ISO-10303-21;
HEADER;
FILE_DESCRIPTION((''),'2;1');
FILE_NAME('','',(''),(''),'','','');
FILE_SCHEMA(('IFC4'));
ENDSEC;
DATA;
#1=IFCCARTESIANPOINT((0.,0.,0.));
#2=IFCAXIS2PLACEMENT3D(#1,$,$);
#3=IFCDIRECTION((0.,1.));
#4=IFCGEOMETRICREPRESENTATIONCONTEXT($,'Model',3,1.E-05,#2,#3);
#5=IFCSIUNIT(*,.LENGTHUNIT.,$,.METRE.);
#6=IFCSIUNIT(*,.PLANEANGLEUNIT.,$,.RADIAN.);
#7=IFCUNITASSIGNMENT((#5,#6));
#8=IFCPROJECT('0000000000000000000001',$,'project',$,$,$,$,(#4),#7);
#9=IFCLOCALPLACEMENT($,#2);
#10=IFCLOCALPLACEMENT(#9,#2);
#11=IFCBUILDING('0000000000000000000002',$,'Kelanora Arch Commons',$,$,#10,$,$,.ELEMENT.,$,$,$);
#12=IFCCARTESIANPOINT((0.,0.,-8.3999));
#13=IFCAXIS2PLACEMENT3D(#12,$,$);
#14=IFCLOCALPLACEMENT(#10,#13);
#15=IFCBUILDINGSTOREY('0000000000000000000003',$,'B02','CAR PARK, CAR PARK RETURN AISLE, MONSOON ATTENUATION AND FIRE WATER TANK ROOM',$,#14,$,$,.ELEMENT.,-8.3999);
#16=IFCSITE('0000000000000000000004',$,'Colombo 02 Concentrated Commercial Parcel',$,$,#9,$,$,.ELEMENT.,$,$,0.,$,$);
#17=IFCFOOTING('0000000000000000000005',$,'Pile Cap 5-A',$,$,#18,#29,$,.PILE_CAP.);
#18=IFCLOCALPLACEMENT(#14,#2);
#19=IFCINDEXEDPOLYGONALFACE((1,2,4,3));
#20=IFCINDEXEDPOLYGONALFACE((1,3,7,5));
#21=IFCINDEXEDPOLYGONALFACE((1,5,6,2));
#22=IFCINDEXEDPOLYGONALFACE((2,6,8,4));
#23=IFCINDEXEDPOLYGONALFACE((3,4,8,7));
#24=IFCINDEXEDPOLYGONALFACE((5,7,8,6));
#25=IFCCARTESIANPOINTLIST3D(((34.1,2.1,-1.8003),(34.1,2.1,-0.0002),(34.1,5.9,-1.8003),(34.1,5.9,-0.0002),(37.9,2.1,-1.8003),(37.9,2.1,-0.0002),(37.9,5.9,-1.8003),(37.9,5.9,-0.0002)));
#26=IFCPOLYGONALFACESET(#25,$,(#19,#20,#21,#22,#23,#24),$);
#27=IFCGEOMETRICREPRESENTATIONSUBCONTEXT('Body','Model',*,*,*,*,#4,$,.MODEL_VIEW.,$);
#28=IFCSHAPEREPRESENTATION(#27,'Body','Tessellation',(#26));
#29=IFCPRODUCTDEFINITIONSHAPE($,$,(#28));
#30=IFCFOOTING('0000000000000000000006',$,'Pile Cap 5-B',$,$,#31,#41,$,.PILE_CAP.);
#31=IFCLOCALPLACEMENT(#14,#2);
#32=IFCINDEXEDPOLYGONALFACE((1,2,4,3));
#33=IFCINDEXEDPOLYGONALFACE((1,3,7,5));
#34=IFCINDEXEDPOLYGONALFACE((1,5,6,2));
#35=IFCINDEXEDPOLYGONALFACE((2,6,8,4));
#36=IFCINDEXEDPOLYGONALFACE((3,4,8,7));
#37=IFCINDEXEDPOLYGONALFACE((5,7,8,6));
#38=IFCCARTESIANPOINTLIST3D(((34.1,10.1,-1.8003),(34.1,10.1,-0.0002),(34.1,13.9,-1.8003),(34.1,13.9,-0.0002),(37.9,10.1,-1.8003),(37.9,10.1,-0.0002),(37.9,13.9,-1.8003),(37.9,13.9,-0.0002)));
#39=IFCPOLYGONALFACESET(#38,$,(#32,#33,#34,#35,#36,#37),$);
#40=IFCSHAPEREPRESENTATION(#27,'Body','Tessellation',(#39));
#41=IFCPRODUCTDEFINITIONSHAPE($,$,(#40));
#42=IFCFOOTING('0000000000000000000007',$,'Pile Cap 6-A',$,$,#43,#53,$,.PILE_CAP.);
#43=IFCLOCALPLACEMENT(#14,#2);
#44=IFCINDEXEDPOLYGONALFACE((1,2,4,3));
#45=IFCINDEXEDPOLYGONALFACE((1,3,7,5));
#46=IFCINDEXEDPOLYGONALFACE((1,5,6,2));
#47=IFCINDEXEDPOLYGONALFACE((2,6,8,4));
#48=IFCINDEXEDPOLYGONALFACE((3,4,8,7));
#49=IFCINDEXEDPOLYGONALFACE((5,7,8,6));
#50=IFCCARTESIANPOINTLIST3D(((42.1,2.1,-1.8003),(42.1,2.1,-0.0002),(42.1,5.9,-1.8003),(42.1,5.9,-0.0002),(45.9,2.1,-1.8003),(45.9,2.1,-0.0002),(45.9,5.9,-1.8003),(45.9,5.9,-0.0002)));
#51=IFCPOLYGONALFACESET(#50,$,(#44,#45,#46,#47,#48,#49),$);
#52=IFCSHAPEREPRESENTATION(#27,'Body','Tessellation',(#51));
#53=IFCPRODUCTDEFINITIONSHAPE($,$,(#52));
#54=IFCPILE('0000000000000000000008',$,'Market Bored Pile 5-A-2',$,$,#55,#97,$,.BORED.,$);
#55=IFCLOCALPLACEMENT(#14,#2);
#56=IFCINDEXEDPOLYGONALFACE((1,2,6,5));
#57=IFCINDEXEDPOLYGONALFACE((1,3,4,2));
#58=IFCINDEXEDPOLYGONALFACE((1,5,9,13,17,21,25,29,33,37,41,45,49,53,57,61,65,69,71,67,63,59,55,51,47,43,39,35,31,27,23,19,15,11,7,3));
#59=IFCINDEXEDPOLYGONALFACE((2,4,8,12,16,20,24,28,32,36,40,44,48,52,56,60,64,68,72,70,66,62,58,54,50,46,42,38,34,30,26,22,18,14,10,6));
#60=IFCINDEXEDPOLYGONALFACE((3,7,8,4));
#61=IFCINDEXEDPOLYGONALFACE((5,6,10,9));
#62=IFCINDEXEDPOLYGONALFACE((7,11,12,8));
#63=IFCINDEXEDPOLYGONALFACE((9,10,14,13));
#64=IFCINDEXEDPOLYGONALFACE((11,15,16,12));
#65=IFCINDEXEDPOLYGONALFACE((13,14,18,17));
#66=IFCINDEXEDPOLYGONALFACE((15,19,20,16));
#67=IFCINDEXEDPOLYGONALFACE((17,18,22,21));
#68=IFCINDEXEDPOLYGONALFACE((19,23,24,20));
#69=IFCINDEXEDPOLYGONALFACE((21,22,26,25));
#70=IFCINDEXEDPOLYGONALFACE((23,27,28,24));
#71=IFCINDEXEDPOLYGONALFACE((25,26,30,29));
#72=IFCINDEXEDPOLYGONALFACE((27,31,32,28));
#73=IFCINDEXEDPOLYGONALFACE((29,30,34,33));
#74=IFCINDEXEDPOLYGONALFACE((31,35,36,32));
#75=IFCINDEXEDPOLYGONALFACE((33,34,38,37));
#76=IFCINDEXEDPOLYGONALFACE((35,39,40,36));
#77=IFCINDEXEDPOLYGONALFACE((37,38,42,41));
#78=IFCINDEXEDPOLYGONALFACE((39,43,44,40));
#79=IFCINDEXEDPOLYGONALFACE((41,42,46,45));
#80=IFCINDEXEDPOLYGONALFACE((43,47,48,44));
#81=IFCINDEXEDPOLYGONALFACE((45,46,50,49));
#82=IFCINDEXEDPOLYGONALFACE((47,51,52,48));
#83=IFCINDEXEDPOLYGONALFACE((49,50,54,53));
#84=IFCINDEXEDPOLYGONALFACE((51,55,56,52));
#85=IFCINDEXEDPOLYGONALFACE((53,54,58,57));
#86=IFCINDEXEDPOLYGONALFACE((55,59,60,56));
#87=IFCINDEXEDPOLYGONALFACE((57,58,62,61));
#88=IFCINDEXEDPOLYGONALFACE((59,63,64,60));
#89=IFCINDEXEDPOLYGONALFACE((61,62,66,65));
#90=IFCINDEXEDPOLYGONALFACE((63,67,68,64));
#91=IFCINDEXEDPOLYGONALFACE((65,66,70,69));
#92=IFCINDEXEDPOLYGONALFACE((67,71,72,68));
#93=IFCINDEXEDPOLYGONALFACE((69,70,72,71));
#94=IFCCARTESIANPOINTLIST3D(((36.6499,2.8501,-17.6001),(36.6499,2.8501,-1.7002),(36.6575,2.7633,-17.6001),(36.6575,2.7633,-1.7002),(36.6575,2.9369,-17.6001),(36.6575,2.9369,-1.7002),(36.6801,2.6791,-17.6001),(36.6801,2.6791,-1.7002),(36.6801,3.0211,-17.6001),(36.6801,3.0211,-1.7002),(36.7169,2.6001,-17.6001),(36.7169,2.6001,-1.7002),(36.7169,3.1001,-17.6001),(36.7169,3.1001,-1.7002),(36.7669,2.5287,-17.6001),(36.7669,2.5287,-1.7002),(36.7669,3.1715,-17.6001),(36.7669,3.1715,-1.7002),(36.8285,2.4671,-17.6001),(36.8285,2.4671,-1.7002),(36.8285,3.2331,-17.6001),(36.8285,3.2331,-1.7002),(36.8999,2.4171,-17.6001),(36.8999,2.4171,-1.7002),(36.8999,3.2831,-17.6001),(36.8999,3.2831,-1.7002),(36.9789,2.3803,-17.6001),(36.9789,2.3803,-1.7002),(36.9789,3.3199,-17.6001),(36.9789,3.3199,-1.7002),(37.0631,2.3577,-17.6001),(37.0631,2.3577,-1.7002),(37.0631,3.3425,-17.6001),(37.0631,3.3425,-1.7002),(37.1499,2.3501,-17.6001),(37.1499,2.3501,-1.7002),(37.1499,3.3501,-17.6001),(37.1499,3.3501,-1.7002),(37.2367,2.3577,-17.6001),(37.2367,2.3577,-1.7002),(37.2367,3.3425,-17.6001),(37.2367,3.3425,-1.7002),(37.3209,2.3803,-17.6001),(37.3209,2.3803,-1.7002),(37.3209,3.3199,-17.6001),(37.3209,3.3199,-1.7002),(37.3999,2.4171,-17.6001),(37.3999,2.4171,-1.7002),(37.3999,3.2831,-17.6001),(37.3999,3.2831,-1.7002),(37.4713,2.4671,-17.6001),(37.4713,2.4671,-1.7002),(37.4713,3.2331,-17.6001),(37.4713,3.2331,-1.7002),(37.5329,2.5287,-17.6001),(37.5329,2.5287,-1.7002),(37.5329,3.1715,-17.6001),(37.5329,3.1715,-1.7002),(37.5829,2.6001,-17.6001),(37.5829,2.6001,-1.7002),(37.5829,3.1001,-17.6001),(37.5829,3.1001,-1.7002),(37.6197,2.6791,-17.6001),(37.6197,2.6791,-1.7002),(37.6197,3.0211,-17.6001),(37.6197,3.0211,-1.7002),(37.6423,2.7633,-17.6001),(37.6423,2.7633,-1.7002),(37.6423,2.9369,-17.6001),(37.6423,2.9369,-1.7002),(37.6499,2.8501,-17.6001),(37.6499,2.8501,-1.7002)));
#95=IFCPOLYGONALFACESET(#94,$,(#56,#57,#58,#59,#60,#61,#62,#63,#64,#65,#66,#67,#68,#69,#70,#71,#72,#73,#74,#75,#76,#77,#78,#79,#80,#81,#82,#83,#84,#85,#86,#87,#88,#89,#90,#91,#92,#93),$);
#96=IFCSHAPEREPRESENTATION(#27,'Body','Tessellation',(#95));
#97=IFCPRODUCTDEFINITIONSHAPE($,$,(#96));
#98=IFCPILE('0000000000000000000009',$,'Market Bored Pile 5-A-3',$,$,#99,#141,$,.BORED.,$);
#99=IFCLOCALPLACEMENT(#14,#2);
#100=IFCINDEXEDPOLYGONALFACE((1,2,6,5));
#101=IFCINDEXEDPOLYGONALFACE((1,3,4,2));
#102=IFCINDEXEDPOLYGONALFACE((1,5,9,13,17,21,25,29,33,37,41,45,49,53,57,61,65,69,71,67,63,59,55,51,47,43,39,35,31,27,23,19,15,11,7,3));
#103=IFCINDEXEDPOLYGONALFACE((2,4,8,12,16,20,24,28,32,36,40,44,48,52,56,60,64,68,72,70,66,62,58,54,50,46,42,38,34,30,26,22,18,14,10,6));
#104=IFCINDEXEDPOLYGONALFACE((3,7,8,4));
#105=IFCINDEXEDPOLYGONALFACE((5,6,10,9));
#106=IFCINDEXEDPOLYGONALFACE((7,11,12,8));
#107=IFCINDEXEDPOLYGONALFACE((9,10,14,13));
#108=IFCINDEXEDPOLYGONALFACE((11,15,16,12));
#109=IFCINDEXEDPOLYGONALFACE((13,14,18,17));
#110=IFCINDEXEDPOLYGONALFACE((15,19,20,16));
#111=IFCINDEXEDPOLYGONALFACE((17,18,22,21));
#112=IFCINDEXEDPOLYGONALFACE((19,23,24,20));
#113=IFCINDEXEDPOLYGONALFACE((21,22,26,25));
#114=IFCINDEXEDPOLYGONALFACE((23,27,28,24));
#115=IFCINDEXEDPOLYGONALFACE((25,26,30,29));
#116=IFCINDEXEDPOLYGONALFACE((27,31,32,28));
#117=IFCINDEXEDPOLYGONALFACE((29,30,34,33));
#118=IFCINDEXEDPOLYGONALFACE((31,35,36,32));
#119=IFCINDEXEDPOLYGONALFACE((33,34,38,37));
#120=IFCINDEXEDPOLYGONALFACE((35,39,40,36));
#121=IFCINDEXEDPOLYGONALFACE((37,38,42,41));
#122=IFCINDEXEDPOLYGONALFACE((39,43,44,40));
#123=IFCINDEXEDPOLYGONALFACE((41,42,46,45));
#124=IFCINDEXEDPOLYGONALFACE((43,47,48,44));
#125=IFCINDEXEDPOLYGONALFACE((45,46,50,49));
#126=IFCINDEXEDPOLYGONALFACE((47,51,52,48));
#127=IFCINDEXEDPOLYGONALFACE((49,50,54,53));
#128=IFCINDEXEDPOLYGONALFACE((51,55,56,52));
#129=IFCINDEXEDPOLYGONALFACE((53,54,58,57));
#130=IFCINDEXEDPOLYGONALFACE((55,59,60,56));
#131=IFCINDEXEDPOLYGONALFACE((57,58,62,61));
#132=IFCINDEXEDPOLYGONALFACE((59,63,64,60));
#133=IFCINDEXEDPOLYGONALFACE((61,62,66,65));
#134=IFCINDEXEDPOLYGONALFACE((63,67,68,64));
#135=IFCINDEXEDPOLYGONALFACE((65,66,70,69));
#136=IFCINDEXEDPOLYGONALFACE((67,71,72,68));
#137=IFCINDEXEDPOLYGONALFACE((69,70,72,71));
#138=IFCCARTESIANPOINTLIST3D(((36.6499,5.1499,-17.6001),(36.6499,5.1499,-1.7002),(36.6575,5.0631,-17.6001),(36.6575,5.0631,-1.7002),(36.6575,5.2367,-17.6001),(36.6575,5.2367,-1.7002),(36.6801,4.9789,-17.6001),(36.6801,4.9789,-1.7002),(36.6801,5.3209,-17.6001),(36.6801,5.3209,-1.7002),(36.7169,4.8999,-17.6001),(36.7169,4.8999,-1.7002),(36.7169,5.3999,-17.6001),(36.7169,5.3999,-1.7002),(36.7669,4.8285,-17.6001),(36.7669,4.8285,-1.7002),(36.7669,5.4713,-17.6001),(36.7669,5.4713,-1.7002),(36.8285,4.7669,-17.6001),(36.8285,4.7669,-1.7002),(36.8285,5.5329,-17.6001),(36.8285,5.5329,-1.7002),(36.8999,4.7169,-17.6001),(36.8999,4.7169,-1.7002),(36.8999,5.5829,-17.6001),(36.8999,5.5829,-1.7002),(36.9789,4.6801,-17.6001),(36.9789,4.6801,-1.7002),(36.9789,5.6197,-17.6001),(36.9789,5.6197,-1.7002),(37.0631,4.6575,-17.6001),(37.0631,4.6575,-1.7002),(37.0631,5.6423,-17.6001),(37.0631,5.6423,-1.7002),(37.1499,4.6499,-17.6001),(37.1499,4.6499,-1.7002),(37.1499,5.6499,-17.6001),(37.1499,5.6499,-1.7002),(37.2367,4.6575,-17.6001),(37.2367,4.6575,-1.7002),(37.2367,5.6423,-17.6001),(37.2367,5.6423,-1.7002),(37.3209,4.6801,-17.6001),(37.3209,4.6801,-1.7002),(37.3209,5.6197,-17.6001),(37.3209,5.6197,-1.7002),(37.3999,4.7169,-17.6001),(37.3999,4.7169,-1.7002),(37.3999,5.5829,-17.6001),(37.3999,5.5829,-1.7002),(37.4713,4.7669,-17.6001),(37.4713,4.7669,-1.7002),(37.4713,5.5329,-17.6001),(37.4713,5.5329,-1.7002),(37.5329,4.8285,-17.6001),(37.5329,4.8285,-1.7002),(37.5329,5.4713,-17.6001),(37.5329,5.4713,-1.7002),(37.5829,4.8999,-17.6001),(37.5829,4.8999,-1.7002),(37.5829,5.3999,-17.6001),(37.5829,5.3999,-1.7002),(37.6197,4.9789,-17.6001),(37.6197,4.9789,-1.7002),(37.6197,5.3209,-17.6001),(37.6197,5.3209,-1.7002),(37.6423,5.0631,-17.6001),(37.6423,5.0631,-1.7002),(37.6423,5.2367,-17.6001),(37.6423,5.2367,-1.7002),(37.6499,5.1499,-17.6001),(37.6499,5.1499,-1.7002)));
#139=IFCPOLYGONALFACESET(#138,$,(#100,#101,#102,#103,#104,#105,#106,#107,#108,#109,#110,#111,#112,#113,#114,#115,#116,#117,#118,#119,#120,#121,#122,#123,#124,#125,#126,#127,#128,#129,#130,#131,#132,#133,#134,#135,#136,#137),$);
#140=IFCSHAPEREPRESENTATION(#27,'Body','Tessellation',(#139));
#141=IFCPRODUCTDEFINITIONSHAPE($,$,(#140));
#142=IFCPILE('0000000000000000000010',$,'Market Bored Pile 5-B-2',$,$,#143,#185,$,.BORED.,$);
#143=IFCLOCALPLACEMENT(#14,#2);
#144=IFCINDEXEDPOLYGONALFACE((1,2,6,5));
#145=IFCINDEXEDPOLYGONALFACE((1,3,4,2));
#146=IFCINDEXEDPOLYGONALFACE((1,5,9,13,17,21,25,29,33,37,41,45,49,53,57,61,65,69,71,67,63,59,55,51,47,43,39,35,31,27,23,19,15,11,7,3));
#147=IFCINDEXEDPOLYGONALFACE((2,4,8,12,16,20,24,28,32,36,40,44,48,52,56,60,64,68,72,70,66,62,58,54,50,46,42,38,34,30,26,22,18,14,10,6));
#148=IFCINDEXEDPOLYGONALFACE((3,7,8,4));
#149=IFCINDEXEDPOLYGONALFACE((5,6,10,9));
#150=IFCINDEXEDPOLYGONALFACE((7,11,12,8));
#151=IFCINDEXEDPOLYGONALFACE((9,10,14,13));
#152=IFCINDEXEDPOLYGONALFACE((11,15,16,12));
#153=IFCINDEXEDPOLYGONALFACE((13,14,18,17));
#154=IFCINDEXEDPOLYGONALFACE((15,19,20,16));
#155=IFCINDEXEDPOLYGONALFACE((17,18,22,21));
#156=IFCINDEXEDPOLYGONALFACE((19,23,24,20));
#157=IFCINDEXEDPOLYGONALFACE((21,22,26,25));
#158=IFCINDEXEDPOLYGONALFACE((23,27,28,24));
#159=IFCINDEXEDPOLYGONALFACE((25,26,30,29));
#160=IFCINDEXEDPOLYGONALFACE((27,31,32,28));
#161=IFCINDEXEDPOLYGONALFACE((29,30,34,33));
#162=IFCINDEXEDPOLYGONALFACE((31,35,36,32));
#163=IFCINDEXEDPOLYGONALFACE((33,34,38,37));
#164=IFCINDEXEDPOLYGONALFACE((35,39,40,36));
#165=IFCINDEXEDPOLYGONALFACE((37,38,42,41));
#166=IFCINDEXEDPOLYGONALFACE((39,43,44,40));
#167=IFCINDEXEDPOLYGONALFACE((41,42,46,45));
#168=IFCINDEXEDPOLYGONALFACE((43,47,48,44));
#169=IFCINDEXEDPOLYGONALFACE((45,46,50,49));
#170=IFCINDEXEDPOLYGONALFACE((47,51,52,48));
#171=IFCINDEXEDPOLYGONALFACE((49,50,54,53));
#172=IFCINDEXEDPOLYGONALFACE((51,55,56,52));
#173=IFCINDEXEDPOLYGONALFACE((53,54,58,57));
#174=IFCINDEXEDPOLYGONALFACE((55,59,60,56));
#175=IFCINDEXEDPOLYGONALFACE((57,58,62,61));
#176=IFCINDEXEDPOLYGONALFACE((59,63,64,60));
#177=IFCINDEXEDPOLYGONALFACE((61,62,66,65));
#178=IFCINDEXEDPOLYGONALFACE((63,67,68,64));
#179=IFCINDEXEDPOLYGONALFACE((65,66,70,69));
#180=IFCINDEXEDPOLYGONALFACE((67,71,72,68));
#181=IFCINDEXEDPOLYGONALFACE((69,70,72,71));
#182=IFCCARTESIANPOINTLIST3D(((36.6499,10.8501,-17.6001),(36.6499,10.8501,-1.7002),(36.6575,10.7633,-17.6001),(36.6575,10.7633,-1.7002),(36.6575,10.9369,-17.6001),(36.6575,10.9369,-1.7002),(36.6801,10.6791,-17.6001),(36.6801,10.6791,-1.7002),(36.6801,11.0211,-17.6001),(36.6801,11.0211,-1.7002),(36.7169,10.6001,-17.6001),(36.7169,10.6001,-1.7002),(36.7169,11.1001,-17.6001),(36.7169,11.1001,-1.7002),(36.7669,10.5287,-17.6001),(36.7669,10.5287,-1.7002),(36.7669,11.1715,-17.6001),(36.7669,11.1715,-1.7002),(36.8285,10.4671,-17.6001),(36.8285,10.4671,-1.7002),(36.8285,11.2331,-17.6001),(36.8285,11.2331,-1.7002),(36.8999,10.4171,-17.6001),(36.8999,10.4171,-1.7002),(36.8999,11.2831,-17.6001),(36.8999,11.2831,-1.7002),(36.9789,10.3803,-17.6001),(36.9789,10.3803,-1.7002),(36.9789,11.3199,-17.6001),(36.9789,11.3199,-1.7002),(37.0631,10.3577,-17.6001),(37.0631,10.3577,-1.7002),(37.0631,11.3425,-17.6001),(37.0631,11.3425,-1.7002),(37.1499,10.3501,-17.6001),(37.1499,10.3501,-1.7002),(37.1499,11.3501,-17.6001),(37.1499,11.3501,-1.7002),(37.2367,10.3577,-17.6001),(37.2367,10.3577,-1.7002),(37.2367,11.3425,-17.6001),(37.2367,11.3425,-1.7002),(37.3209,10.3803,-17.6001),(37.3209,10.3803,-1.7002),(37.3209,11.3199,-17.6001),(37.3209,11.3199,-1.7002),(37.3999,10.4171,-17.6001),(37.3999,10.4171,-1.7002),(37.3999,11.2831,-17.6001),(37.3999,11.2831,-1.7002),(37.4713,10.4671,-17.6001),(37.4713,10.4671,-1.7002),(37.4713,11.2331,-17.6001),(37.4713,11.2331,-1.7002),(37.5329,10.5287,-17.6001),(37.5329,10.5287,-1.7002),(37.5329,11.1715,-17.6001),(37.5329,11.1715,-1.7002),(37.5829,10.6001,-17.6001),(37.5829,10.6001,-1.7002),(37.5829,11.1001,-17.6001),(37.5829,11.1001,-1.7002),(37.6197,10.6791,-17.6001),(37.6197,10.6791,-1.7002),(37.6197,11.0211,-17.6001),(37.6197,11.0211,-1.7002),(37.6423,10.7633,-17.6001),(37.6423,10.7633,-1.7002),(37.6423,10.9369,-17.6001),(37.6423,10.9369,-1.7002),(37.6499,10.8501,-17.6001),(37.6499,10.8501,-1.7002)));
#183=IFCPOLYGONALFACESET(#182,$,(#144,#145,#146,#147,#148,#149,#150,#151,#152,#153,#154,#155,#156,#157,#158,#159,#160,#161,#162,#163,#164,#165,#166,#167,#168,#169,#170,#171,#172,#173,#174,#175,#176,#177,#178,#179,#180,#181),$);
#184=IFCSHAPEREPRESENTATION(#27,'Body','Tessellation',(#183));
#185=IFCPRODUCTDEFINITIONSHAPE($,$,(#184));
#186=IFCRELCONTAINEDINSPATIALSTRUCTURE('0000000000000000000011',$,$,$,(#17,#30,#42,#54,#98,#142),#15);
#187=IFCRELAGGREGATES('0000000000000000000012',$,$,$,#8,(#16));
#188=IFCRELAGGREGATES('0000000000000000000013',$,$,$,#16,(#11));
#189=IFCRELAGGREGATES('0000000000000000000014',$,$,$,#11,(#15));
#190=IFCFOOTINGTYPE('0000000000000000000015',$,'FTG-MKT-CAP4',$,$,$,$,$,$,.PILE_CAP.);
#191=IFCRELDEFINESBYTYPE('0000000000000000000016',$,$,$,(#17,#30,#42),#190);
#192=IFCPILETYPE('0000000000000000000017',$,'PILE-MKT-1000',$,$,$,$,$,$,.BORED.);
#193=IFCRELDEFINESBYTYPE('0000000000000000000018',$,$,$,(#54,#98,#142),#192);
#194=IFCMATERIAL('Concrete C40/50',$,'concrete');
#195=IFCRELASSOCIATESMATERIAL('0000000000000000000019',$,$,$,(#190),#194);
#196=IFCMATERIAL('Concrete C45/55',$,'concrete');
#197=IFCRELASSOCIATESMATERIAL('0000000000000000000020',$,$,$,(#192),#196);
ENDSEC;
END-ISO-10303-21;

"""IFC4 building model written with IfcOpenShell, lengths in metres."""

from ifc_helpers import new_model, si_unit, direction, frame, origin, origin_2d, place, context, subcontext, project, spatial, rectangle, circle, extrude, source, transform, mapped, material, material_profile, profile_set, type_object, element, save


model = new_model("IFC4")

# Units and contexts
model_context = context("Model", 3, precision=1e-05, world=origin(), true_north=direction((0.0, 1.0)))
body_context = subcontext(model_context, "Body", "Model", "MODEL_VIEW")
ifc_project = project(units=[si_unit("LENGTHUNIT", "METRE"), si_unit("PLANEANGLEUNIT", "RADIAN")], contexts=[model_context])

# Site, building, storey
site_placement = place(None, origin())
site = spatial("IfcSite", under=ifc_project, at=site_placement, Name="Colombo 02 Concentrated Commercial Parcel", CompositionType="ELEMENT", RefElevation=0.0)
building_placement = place(site_placement, origin())
building = spatial("IfcBuilding", under=site, at=building_placement, Name="Kelanora Arch Commons", CompositionType="ELEMENT")
storey_placement = place(building_placement, frame((0.0, 0.0, -8.3999)))
storey = spatial("IfcBuildingStorey", under=building, at=storey_placement, Name="B02", Description="CAR PARK, CAR PARK RETURN AISLE, MONSOON ATTENUATION AND FIRE WATER TANK ROOM", CompositionType="ELEMENT", Elevation=-8.3999)

# Footings
ifc_material_1 = material(Name="Concrete C40/50", Category="concrete")
footing_type_1 = type_object("IfcFootingType", Name="FTG-MKT-CAP4", PredefinedType="PILE_CAP", material=ifc_material_1)
shared_shape_1 = source(origin(), body_context, "Body", "SweptSolid", [
    extrude(rectangle(XDim=3.8, YDim=3.8, at=origin_2d()), origin(), (0.0, 0.0, 1.0), 1.8),
])
for number, where, z_axis, x_axis, name in (
    (1, (36.0, 4.0, -1.8003), (0.0, 0.0, 1.0), (1.0, 0.0, 0.0), "Pile Cap 5-A"),
    (2, (36.0, 12.0, -1.8003), (0.0, 0.0, 1.0), (1.0, 0.0, 0.0), "Pile Cap 5-B"),
    (3, (44.0, 4.0, -1.8003), (0.0, 0.0, 1.0), (1.0, 0.0, 0.0), "Pile Cap 6-A"),
):
    element("IfcFooting", number, at=place(storey_placement, frame(where, z_axis=z_axis, x_axis=x_axis)), inside=storey, type_object=footing_type_1, Name=name, PredefinedType="PILE_CAP", context=body_context, shape_type="MappedRepresentation", body=[
        mapped(shared_shape_1, transform((0.0, 0.0, 0.0), scale=1.0)),
    ])

# Piles
ifc_material_2 = material(Name="Concrete C45/55", Category="concrete")
ifc_material_profile_1 = material_profile(ifc_material_2, circle(Radius=0.5, at=origin_2d()), Name="PILE1000")
ifc_profile_set_1 = profile_set([ifc_material_profile_1], Name="Concrete C45/55")
pile_type = type_object("IfcPileType", Name="PILE-MKT-1000", PredefinedType="BORED", material=ifc_profile_set_1)
shared_shape_2 = source(origin(), body_context, "Body", "SweptSolid", [
    extrude(circle(Radius=0.5, at=origin_2d()), origin(), (0.0, 0.0, 1.0), 15.8999),
])
for number, where, z_axis, x_axis, name in (
    (4, (37.1499, 2.8501, -1.7002), (0.0, 0.0, -1.0), (1.0, 0.0, 0.0), "Market Bored Pile 5-A-2"),
    (5, (37.1499, 5.1499, -1.7002), (0.0, 0.0, -1.0), (1.0, 0.0, 0.0), "Market Bored Pile 5-A-3"),
    (6, (37.1499, 10.8501, -1.7002), (0.0, 0.0, -1.0), (1.0, 0.0, 0.0), "Market Bored Pile 5-B-2"),
):
    element("IfcPile", number, at=place(storey_placement, frame(where, z_axis=z_axis, x_axis=x_axis)), inside=storey, type_object=pile_type, Name=name, PredefinedType="BORED", context=body_context, shape_type="MappedRepresentation", body=[
        mapped(shared_shape_2, transform((0.0, 0.0, 0.0), scale=1.0)),
    ])

save(model, "model.ifc")
